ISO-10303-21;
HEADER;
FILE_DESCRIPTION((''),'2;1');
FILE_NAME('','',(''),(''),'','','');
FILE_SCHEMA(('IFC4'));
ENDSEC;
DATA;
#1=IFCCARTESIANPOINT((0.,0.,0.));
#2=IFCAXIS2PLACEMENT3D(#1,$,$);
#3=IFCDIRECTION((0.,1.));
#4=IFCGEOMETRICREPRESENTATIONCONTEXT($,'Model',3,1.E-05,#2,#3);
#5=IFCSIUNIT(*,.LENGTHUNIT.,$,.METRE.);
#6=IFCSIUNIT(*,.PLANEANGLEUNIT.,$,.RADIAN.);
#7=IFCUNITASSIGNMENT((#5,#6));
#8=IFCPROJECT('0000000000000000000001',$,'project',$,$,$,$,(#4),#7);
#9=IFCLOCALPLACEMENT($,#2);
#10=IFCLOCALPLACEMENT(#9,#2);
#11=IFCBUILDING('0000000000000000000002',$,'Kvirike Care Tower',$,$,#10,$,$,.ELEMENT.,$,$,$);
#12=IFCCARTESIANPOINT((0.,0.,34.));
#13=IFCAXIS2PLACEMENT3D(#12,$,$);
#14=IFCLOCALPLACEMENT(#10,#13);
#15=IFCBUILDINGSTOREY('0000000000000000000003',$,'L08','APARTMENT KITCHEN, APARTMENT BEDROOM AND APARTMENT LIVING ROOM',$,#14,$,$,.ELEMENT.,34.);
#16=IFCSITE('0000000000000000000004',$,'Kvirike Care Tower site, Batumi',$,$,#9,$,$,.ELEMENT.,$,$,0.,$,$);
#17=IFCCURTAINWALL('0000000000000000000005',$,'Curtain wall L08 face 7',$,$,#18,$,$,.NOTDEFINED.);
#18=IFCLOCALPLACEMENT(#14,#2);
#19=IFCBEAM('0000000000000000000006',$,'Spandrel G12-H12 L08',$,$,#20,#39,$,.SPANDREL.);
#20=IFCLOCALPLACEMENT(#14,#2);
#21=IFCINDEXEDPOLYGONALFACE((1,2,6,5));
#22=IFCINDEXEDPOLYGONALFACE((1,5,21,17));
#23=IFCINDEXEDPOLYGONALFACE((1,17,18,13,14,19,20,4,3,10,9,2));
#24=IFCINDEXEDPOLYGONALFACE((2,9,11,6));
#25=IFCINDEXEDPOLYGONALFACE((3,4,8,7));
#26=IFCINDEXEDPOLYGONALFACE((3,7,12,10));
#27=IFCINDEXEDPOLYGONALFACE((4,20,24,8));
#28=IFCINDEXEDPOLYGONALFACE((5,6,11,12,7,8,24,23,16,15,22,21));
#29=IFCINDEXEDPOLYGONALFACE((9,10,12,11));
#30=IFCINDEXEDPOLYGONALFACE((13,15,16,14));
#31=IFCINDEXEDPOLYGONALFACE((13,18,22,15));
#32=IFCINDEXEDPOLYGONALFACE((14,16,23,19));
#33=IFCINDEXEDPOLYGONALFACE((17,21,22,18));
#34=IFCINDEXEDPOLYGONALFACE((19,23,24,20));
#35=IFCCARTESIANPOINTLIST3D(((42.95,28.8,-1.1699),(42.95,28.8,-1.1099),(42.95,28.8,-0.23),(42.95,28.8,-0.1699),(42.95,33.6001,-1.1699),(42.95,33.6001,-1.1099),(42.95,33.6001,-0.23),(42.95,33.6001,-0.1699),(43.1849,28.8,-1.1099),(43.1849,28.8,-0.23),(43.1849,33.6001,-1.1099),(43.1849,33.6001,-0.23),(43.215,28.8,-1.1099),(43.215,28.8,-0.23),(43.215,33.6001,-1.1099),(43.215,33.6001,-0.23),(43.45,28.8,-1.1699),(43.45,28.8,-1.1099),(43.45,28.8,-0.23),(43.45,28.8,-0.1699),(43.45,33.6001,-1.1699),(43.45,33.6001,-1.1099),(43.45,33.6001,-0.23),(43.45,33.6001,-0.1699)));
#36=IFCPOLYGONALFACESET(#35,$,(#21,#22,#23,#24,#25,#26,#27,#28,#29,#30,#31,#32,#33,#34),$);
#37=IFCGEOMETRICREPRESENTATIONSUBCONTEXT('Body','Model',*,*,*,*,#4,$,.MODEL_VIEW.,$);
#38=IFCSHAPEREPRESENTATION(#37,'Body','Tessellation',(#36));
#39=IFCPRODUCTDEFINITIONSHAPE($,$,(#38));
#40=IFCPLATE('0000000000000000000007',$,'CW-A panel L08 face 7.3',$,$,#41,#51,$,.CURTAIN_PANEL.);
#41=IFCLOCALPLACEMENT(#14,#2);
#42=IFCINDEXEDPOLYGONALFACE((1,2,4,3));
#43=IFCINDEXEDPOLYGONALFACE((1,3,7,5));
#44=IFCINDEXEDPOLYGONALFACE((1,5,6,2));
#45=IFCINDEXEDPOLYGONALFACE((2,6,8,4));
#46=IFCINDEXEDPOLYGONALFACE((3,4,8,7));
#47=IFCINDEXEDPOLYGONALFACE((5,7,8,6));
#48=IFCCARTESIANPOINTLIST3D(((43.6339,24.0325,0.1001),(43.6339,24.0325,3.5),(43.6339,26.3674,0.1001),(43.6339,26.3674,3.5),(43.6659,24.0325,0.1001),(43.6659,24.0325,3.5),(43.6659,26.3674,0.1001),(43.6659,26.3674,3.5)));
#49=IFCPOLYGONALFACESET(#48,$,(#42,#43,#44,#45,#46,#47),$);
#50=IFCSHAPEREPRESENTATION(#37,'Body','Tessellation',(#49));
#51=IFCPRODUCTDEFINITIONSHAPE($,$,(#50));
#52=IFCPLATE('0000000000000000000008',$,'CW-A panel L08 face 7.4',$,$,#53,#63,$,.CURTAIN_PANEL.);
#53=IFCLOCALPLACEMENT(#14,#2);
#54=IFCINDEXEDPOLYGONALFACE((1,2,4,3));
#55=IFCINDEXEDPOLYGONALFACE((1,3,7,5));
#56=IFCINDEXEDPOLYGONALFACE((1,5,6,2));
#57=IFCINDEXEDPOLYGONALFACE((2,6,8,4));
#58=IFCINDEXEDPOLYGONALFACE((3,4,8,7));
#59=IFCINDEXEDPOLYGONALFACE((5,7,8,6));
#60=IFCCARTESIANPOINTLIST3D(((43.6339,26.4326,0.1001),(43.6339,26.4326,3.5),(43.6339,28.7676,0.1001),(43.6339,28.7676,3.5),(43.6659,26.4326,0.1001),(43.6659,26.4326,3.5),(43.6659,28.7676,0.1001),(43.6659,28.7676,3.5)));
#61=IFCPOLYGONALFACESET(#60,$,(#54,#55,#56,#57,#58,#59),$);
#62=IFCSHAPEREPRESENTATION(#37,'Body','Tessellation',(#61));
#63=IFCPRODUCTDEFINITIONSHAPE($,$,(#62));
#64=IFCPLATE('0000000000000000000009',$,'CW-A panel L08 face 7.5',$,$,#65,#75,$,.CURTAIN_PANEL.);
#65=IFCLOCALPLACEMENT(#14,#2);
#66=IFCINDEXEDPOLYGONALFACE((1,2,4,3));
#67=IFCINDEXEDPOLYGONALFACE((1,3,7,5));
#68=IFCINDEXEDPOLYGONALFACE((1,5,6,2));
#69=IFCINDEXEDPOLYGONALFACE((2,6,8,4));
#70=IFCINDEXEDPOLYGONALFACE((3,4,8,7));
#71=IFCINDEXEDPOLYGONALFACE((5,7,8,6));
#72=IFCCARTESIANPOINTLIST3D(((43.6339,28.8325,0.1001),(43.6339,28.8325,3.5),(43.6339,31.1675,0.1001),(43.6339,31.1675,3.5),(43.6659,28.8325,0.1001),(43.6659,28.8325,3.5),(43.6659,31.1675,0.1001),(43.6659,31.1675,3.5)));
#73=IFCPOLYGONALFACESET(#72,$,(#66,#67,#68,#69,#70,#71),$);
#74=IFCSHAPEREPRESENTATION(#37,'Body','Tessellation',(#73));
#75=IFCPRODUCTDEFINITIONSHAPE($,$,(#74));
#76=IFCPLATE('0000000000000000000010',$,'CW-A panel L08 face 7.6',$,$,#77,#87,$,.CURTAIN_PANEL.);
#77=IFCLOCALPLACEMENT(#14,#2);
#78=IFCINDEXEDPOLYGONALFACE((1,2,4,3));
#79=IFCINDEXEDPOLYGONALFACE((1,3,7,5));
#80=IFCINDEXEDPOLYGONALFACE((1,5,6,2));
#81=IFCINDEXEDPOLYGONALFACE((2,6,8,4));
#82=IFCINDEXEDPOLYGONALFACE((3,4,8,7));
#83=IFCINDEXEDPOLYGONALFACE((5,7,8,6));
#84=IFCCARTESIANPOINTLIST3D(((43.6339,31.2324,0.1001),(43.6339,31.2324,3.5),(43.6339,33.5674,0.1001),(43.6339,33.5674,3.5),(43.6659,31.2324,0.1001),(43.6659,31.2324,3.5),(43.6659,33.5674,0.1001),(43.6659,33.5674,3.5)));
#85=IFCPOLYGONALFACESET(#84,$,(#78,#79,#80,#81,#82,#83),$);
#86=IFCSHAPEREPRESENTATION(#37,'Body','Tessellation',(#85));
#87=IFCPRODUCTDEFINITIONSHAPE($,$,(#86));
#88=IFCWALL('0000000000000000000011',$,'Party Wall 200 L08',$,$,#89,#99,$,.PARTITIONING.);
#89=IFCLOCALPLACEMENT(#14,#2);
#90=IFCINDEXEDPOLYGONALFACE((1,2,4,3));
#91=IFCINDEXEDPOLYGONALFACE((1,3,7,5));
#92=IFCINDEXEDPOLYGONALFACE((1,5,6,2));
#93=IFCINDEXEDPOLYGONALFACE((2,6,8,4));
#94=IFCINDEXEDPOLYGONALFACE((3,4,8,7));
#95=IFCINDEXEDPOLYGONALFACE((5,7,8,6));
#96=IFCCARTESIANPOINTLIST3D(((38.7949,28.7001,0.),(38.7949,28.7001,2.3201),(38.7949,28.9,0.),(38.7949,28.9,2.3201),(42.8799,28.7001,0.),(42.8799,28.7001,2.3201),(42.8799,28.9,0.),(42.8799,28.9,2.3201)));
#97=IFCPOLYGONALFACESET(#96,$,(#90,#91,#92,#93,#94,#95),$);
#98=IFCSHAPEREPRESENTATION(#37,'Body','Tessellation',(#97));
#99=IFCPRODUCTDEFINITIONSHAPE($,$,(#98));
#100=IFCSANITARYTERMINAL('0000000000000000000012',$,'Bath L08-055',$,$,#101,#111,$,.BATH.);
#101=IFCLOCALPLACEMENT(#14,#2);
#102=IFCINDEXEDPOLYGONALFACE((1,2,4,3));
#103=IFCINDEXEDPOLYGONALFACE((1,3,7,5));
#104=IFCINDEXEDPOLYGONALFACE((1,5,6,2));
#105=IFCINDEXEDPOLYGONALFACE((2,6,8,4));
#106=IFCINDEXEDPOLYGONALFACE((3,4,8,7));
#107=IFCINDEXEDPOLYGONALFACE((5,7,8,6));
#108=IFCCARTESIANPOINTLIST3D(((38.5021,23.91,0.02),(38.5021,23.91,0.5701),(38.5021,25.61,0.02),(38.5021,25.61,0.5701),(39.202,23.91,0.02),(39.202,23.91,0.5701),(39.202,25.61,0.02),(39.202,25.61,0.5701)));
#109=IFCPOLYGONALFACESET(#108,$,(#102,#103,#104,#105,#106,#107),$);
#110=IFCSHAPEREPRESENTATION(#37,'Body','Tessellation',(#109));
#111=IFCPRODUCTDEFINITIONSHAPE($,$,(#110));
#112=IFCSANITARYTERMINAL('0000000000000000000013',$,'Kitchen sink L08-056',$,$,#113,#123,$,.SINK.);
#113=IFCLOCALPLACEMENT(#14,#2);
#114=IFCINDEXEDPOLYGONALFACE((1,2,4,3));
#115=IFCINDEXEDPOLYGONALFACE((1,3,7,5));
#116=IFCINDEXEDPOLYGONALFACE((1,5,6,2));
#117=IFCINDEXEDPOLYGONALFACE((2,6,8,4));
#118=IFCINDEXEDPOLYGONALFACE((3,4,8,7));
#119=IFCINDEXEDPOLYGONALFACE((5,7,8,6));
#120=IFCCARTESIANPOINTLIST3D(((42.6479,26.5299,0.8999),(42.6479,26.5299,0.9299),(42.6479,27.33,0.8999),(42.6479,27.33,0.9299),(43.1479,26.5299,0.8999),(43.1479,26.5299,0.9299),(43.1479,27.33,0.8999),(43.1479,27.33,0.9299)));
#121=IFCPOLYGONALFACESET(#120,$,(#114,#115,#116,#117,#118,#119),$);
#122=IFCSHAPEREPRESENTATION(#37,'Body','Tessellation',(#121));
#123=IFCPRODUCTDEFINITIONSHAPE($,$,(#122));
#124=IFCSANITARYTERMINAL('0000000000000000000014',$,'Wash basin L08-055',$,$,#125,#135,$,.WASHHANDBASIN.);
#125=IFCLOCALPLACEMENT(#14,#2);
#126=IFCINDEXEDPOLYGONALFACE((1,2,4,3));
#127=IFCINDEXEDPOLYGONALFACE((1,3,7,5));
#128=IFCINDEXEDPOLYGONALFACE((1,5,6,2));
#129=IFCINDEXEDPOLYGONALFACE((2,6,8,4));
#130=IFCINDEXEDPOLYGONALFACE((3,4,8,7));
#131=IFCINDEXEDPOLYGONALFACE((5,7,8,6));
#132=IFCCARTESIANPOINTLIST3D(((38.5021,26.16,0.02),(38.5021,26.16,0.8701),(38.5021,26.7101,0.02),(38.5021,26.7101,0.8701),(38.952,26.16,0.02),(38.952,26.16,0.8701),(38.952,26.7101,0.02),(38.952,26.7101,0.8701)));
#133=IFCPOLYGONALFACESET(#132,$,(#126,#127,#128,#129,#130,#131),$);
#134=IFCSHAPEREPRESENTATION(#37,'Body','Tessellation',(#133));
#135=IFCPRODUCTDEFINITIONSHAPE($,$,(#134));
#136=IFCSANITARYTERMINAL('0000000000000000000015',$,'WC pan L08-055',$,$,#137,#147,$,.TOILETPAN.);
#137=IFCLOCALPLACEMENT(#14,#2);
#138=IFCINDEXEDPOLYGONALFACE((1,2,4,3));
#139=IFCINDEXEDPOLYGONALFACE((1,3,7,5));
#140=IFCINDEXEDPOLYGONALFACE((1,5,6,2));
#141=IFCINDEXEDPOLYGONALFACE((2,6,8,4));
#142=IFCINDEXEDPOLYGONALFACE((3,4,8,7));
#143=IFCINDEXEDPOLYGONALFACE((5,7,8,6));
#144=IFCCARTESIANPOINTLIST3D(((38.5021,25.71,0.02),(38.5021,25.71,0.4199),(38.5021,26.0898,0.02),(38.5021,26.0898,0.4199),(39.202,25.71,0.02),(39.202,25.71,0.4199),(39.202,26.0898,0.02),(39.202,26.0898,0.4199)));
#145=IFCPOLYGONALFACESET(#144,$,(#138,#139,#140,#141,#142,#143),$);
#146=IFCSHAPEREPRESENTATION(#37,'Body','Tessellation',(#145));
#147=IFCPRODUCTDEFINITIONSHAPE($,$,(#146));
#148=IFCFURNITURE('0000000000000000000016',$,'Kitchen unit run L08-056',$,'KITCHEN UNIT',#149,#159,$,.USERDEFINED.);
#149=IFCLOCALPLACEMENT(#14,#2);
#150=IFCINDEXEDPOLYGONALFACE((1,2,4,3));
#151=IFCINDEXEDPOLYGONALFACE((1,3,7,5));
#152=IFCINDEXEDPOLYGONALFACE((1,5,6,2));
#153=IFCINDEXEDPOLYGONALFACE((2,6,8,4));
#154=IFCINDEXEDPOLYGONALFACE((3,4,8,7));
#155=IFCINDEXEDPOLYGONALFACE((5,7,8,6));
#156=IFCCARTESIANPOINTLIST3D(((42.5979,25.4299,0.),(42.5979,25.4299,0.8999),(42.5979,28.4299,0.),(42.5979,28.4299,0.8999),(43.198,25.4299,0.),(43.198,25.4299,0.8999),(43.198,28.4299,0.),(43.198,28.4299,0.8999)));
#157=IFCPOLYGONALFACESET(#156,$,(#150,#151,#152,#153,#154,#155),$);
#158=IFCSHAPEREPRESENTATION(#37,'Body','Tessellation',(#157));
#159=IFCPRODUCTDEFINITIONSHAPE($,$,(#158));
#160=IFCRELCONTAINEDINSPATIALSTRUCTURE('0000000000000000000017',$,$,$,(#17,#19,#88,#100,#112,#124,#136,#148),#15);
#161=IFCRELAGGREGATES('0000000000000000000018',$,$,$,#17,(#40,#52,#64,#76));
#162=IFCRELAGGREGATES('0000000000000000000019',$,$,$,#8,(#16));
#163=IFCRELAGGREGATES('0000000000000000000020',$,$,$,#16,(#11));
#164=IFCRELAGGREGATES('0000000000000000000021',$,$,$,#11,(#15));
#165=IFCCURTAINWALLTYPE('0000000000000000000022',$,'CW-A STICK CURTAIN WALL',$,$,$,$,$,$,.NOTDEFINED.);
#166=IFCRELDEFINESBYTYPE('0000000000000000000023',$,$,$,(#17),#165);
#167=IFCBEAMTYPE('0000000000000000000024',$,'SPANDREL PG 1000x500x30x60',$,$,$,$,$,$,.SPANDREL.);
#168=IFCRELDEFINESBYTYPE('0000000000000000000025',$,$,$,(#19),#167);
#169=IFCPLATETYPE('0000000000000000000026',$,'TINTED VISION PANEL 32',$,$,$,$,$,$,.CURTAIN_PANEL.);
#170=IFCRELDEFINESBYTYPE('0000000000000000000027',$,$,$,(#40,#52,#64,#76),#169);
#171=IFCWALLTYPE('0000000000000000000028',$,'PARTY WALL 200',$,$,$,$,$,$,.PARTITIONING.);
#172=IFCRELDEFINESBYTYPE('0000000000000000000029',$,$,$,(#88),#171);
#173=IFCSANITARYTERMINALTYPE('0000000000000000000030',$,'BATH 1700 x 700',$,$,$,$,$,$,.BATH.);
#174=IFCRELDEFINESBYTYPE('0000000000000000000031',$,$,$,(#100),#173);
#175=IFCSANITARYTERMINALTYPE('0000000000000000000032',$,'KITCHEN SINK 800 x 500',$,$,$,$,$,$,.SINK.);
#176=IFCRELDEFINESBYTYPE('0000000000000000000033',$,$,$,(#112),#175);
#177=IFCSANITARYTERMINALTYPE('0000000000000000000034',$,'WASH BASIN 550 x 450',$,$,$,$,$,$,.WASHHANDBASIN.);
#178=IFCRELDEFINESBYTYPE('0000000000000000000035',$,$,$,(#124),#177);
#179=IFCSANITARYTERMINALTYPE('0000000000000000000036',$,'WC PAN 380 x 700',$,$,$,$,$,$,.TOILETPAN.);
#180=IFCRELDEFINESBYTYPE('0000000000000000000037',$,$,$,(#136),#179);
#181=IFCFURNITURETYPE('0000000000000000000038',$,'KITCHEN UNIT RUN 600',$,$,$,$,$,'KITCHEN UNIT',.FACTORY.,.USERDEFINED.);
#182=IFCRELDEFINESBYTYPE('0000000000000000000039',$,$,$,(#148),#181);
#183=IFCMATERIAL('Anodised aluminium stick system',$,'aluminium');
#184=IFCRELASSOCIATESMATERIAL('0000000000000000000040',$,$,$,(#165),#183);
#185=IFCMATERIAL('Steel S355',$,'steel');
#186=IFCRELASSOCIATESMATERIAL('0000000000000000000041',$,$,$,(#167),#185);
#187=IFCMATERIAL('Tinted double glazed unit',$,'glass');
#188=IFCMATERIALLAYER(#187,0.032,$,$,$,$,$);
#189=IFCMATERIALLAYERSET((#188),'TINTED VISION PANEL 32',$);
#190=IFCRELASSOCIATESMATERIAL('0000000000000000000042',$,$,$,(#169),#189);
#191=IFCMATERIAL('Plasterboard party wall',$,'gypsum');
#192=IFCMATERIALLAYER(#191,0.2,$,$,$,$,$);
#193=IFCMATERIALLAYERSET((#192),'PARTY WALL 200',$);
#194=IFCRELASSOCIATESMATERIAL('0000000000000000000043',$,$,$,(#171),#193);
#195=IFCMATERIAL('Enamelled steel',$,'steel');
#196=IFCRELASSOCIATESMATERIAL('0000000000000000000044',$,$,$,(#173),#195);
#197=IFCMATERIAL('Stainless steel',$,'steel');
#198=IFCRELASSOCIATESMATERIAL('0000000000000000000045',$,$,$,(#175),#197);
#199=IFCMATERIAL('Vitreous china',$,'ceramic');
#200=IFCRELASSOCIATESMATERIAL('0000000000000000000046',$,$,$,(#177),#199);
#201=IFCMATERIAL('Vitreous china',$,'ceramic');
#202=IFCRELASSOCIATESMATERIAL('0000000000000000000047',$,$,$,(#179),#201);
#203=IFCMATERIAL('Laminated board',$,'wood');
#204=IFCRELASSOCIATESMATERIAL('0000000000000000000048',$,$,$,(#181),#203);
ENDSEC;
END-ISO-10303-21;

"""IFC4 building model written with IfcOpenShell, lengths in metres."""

from ifc_helpers import new_model, si_unit, direction, frame, frame_2d, origin, origin_2d, place, context, subcontext, project, spatial, rectangle, i_section, extrude, material, layer, layer_set, material_profile, profile_set, type_object, element, aggregate, save


model = new_model("IFC4")

# Units and contexts
model_context = context("Model", 3, precision=1e-05, world=origin(), true_north=direction((0.0, 1.0)))
body_context = subcontext(model_context, "Body", "Model", "MODEL_VIEW")
ifc_project = project(units=[si_unit("LENGTHUNIT", "METRE"), si_unit("PLANEANGLEUNIT", "RADIAN")], contexts=[model_context])

# Site, building, storey
site_placement = place(None, origin())
site = spatial("IfcSite", under=ifc_project, at=site_placement, Name="Kvirike Care Tower site, Batumi", CompositionType="ELEMENT", RefElevation=0.0)
building_placement = place(site_placement, origin())
building = spatial("IfcBuilding", under=site, at=building_placement, Name="Kvirike Care Tower", CompositionType="ELEMENT")
storey_placement = place(building_placement, frame((0.0, 0.0, 34.0)))
storey = spatial("IfcBuildingStorey", under=building, at=storey_placement, Name="L08", Description="APARTMENT KITCHEN, APARTMENT BEDROOM AND APARTMENT LIVING ROOM", CompositionType="ELEMENT", Elevation=34.0)

# Curtain wall
ifc_material_1 = material(Name="Anodised aluminium stick system", Category="aluminium")
curtain_wall_type = type_object("IfcCurtainWallType", Name="CW-A STICK CURTAIN WALL", PredefinedType="NOTDEFINED", material=ifc_material_1)
curtain_wall_placement = place(storey_placement, origin())
curtain_wall = element("IfcCurtainWall", 1, at=curtain_wall_placement, inside=storey, type_object=curtain_wall_type, Name="Curtain wall L08 face 7", PredefinedType="NOTDEFINED")

# Beam
ifc_material_2 = material(Name="Steel S355", Category="steel")
ifc_material_profile_1 = material_profile(ifc_material_2, i_section(OverallWidth=0.5, OverallDepth=1.0, WebThickness=0.03, FlangeThickness=0.0601, at=origin_2d()), Name="PG 1000x500x30x60")
ifc_profile_set_1 = profile_set([ifc_material_profile_1], Name="Steel S355")
beam_type = type_object("IfcBeamType", Name="SPANDREL PG 1000x500x30x60", PredefinedType="SPANDREL", material=ifc_profile_set_1)
for number, where, z_axis, x_axis, name in (
    (2, (43.2, 28.8, -0.6699), (0.0, 1.0, 0.0), (-1.0, 0.0, 0.0), "Spandrel G12-H12 L08"),
):
    element("IfcBeam", number, at=place(storey_placement, frame(where, z_axis=z_axis, x_axis=x_axis)), inside=storey, type_object=beam_type, Name=name, PredefinedType="SPANDREL", context=body_context, shape_type="SweptSolid", body=[
        extrude(i_section(OverallWidth=0.5, OverallDepth=1.0, WebThickness=0.03, FlangeThickness=0.0601, at=origin_2d()), origin(), (0.0, 0.0, 1.0), 4.8),
    ])

# Plates
ifc_material_3 = material(Name="Tinted double glazed unit", Category="glass")
ifc_layer_1 = layer(ifc_material_3, 0.032)
ifc_layer_set_1 = layer_set([ifc_layer_1], Name="TINTED VISION PANEL 32")
plate_type = type_object("IfcPlateType", Name="TINTED VISION PANEL 32", PredefinedType="CURTAIN_PANEL", material=ifc_layer_set_1)
plate_1_placement = place(storey_placement, frame((43.6499, 25.2, 0.1001), z_axis=(0.0, 0.0, 1.0), x_axis=(0.0, 1.0, 0.0)))
plate_1 = element("IfcPlate", 3, at=plate_1_placement, type_object=plate_type, Name="CW-A panel L08 face 7.3", PredefinedType="CURTAIN_PANEL", context=body_context, shape_type="SweptSolid", body=[
    extrude(rectangle(XDim=2.335, YDim=0.032, at=origin_2d()), origin(), (0.0, 0.0, 1.0), 3.3999),
])
plate_2_placement = place(storey_placement, frame((43.6499, 27.6001, 0.1001), z_axis=(0.0, 0.0, 1.0), x_axis=(0.0, 1.0, 0.0)))
plate_2 = element("IfcPlate", 4, at=plate_2_placement, type_object=plate_type, Name="CW-A panel L08 face 7.4", PredefinedType="CURTAIN_PANEL", context=body_context, shape_type="SweptSolid", body=[
    extrude(rectangle(XDim=2.335, YDim=0.032, at=origin_2d()), origin(), (0.0, 0.0, 1.0), 3.3999),
])
plate_3_placement = place(storey_placement, frame((43.6499, 30.0, 0.1001), z_axis=(0.0, 0.0, 1.0), x_axis=(0.0, 1.0, 0.0)))
plate_3 = element("IfcPlate", 5, at=plate_3_placement, type_object=plate_type, Name="CW-A panel L08 face 7.5", PredefinedType="CURTAIN_PANEL", context=body_context, shape_type="SweptSolid", body=[
    extrude(rectangle(XDim=2.335, YDim=0.032, at=origin_2d()), origin(), (0.0, 0.0, 1.0), 3.3999),
])
plate_4_placement = place(storey_placement, frame((43.6499, 32.3999, 0.1001), z_axis=(0.0, 0.0, 1.0), x_axis=(0.0, 1.0, 0.0)))
plate_4 = element("IfcPlate", 6, at=plate_4_placement, type_object=plate_type, Name="CW-A panel L08 face 7.6", PredefinedType="CURTAIN_PANEL", context=body_context, shape_type="SweptSolid", body=[
    extrude(rectangle(XDim=2.335, YDim=0.032, at=origin_2d()), origin(), (0.0, 0.0, 1.0), 3.3999),
])
aggregate(curtain_wall, [plate_1, plate_2, plate_3, plate_4])

# Wall
ifc_material_4 = material(Name="Plasterboard party wall", Category="gypsum")
ifc_layer_2 = layer(ifc_material_4, 0.2)
ifc_layer_set_2 = layer_set([ifc_layer_2], Name="PARTY WALL 200")
wall_type = type_object("IfcWallType", Name="PARTY WALL 200", PredefinedType="PARTITIONING", material=ifc_layer_set_2)
wall_placement = place(storey_placement, frame((42.8799, 28.8, 0.0), z_axis=(0.0, 0.0, 1.0), x_axis=(-1.0, 0.0, 0.0)))
element("IfcWall", 7, at=wall_placement, inside=storey, type_object=wall_type, Name="Party Wall 200 L08", PredefinedType="PARTITIONING", context=body_context, shape_type="SweptSolid", body=[
    extrude(rectangle(XDim=4.085, YDim=0.2, at=frame_2d((2.0425, 0.0))), origin(), (0.0, 0.0, 1.0), 2.3201),
])

# Sanitary terminals
ifc_material_5 = material(Name="Enamelled steel", Category="steel")
sanitary_terminal_type_1 = type_object("IfcSanitaryTerminalType", Name="BATH 1700 x 700", PredefinedType="BATH", material=ifc_material_5)
sanitary_terminal_1_placement = place(storey_placement, frame((38.8521, 24.76, 0.02), z_axis=(0.0, 0.0, 1.0), x_axis=(0.0, 1.0, 0.0)))
element("IfcSanitaryTerminal", 8, at=sanitary_terminal_1_placement, inside=storey, type_object=sanitary_terminal_type_1, Name="Bath L08-055", PredefinedType="BATH", context=body_context, shape_type="SweptSolid", body=[
    extrude(rectangle(XDim=1.7, YDim=0.7, at=origin_2d()), origin(), (0.0, 0.0, 1.0), 0.55),
])
ifc_material_6 = material(Name="Stainless steel", Category="steel")
sanitary_terminal_type_2 = type_object("IfcSanitaryTerminalType", Name="KITCHEN SINK 800 x 500", PredefinedType="SINK", material=ifc_material_6)
sanitary_terminal_2_placement = place(storey_placement, frame((42.8979, 26.9299, 0.8999), z_axis=(0.0, 0.0, 1.0), x_axis=(0.0, -1.0, 0.0)))
element("IfcSanitaryTerminal", 9, at=sanitary_terminal_2_placement, inside=storey, type_object=sanitary_terminal_type_2, Name="Kitchen sink L08-056", PredefinedType="SINK", context=body_context, shape_type="SweptSolid", body=[
    extrude(rectangle(XDim=0.8, YDim=0.5, at=origin_2d()), origin(), (0.0, 0.0, 1.0), 0.03),
])
ifc_material_7 = material(Name="Vitreous china", Category="ceramic")
sanitary_terminal_type_3 = type_object("IfcSanitaryTerminalType", Name="WASH BASIN 550 x 450", PredefinedType="WASHHANDBASIN", material=ifc_material_7)
sanitary_terminal_3_placement = place(storey_placement, frame((38.7271, 26.4351, 0.02), z_axis=(0.0, 0.0, 1.0), x_axis=(0.0, 1.0, 0.0)))
element("IfcSanitaryTerminal", 10, at=sanitary_terminal_3_placement, inside=storey, type_object=sanitary_terminal_type_3, Name="Wash basin L08-055", PredefinedType="WASHHANDBASIN", context=body_context, shape_type="SweptSolid", body=[
    extrude(rectangle(XDim=0.55, YDim=0.45, at=origin_2d()), origin(), (0.0, 0.0, 1.0), 0.8501),
])
ifc_material_8 = material(Name="Vitreous china", Category="ceramic")
sanitary_terminal_type_4 = type_object("IfcSanitaryTerminalType", Name="WC PAN 380 x 700", PredefinedType="TOILETPAN", material=ifc_material_8)
sanitary_terminal_4_placement = place(storey_placement, frame((38.8521, 25.8999, 0.02), z_axis=(0.0, 0.0, 1.0), x_axis=(0.0, 1.0, 0.0)))
element("IfcSanitaryTerminal", 11, at=sanitary_terminal_4_placement, inside=storey, type_object=sanitary_terminal_type_4, Name="WC pan L08-055", PredefinedType="TOILETPAN", context=body_context, shape_type="SweptSolid", body=[
    extrude(rectangle(XDim=0.3799, YDim=0.7, at=origin_2d()), origin(), (0.0, 0.0, 1.0), 0.3999),
])

# Furniture
ifc_material_9 = material(Name="Laminated board", Category="wood")
furniture_type = type_object("IfcFurnitureType", Name="KITCHEN UNIT RUN 600", ElementType="KITCHEN UNIT", AssemblyPlace="FACTORY", PredefinedType="USERDEFINED", material=ifc_material_9)
furniture_placement = place(storey_placement, frame((42.8979, 26.9299, 0.0), z_axis=(0.0, 0.0, 1.0), x_axis=(0.0, -1.0, 0.0)))
element("IfcFurniture", 12, at=furniture_placement, inside=storey, type_object=furniture_type, Name="Kitchen unit run L08-056", ObjectType="KITCHEN UNIT", PredefinedType="USERDEFINED", context=body_context, shape_type="SweptSolid", body=[
    extrude(rectangle(XDim=3.0, YDim=0.6001, at=origin_2d()), origin(), (0.0, 0.0, 1.0), 0.8999),
])

save(model, "model.ifc")
